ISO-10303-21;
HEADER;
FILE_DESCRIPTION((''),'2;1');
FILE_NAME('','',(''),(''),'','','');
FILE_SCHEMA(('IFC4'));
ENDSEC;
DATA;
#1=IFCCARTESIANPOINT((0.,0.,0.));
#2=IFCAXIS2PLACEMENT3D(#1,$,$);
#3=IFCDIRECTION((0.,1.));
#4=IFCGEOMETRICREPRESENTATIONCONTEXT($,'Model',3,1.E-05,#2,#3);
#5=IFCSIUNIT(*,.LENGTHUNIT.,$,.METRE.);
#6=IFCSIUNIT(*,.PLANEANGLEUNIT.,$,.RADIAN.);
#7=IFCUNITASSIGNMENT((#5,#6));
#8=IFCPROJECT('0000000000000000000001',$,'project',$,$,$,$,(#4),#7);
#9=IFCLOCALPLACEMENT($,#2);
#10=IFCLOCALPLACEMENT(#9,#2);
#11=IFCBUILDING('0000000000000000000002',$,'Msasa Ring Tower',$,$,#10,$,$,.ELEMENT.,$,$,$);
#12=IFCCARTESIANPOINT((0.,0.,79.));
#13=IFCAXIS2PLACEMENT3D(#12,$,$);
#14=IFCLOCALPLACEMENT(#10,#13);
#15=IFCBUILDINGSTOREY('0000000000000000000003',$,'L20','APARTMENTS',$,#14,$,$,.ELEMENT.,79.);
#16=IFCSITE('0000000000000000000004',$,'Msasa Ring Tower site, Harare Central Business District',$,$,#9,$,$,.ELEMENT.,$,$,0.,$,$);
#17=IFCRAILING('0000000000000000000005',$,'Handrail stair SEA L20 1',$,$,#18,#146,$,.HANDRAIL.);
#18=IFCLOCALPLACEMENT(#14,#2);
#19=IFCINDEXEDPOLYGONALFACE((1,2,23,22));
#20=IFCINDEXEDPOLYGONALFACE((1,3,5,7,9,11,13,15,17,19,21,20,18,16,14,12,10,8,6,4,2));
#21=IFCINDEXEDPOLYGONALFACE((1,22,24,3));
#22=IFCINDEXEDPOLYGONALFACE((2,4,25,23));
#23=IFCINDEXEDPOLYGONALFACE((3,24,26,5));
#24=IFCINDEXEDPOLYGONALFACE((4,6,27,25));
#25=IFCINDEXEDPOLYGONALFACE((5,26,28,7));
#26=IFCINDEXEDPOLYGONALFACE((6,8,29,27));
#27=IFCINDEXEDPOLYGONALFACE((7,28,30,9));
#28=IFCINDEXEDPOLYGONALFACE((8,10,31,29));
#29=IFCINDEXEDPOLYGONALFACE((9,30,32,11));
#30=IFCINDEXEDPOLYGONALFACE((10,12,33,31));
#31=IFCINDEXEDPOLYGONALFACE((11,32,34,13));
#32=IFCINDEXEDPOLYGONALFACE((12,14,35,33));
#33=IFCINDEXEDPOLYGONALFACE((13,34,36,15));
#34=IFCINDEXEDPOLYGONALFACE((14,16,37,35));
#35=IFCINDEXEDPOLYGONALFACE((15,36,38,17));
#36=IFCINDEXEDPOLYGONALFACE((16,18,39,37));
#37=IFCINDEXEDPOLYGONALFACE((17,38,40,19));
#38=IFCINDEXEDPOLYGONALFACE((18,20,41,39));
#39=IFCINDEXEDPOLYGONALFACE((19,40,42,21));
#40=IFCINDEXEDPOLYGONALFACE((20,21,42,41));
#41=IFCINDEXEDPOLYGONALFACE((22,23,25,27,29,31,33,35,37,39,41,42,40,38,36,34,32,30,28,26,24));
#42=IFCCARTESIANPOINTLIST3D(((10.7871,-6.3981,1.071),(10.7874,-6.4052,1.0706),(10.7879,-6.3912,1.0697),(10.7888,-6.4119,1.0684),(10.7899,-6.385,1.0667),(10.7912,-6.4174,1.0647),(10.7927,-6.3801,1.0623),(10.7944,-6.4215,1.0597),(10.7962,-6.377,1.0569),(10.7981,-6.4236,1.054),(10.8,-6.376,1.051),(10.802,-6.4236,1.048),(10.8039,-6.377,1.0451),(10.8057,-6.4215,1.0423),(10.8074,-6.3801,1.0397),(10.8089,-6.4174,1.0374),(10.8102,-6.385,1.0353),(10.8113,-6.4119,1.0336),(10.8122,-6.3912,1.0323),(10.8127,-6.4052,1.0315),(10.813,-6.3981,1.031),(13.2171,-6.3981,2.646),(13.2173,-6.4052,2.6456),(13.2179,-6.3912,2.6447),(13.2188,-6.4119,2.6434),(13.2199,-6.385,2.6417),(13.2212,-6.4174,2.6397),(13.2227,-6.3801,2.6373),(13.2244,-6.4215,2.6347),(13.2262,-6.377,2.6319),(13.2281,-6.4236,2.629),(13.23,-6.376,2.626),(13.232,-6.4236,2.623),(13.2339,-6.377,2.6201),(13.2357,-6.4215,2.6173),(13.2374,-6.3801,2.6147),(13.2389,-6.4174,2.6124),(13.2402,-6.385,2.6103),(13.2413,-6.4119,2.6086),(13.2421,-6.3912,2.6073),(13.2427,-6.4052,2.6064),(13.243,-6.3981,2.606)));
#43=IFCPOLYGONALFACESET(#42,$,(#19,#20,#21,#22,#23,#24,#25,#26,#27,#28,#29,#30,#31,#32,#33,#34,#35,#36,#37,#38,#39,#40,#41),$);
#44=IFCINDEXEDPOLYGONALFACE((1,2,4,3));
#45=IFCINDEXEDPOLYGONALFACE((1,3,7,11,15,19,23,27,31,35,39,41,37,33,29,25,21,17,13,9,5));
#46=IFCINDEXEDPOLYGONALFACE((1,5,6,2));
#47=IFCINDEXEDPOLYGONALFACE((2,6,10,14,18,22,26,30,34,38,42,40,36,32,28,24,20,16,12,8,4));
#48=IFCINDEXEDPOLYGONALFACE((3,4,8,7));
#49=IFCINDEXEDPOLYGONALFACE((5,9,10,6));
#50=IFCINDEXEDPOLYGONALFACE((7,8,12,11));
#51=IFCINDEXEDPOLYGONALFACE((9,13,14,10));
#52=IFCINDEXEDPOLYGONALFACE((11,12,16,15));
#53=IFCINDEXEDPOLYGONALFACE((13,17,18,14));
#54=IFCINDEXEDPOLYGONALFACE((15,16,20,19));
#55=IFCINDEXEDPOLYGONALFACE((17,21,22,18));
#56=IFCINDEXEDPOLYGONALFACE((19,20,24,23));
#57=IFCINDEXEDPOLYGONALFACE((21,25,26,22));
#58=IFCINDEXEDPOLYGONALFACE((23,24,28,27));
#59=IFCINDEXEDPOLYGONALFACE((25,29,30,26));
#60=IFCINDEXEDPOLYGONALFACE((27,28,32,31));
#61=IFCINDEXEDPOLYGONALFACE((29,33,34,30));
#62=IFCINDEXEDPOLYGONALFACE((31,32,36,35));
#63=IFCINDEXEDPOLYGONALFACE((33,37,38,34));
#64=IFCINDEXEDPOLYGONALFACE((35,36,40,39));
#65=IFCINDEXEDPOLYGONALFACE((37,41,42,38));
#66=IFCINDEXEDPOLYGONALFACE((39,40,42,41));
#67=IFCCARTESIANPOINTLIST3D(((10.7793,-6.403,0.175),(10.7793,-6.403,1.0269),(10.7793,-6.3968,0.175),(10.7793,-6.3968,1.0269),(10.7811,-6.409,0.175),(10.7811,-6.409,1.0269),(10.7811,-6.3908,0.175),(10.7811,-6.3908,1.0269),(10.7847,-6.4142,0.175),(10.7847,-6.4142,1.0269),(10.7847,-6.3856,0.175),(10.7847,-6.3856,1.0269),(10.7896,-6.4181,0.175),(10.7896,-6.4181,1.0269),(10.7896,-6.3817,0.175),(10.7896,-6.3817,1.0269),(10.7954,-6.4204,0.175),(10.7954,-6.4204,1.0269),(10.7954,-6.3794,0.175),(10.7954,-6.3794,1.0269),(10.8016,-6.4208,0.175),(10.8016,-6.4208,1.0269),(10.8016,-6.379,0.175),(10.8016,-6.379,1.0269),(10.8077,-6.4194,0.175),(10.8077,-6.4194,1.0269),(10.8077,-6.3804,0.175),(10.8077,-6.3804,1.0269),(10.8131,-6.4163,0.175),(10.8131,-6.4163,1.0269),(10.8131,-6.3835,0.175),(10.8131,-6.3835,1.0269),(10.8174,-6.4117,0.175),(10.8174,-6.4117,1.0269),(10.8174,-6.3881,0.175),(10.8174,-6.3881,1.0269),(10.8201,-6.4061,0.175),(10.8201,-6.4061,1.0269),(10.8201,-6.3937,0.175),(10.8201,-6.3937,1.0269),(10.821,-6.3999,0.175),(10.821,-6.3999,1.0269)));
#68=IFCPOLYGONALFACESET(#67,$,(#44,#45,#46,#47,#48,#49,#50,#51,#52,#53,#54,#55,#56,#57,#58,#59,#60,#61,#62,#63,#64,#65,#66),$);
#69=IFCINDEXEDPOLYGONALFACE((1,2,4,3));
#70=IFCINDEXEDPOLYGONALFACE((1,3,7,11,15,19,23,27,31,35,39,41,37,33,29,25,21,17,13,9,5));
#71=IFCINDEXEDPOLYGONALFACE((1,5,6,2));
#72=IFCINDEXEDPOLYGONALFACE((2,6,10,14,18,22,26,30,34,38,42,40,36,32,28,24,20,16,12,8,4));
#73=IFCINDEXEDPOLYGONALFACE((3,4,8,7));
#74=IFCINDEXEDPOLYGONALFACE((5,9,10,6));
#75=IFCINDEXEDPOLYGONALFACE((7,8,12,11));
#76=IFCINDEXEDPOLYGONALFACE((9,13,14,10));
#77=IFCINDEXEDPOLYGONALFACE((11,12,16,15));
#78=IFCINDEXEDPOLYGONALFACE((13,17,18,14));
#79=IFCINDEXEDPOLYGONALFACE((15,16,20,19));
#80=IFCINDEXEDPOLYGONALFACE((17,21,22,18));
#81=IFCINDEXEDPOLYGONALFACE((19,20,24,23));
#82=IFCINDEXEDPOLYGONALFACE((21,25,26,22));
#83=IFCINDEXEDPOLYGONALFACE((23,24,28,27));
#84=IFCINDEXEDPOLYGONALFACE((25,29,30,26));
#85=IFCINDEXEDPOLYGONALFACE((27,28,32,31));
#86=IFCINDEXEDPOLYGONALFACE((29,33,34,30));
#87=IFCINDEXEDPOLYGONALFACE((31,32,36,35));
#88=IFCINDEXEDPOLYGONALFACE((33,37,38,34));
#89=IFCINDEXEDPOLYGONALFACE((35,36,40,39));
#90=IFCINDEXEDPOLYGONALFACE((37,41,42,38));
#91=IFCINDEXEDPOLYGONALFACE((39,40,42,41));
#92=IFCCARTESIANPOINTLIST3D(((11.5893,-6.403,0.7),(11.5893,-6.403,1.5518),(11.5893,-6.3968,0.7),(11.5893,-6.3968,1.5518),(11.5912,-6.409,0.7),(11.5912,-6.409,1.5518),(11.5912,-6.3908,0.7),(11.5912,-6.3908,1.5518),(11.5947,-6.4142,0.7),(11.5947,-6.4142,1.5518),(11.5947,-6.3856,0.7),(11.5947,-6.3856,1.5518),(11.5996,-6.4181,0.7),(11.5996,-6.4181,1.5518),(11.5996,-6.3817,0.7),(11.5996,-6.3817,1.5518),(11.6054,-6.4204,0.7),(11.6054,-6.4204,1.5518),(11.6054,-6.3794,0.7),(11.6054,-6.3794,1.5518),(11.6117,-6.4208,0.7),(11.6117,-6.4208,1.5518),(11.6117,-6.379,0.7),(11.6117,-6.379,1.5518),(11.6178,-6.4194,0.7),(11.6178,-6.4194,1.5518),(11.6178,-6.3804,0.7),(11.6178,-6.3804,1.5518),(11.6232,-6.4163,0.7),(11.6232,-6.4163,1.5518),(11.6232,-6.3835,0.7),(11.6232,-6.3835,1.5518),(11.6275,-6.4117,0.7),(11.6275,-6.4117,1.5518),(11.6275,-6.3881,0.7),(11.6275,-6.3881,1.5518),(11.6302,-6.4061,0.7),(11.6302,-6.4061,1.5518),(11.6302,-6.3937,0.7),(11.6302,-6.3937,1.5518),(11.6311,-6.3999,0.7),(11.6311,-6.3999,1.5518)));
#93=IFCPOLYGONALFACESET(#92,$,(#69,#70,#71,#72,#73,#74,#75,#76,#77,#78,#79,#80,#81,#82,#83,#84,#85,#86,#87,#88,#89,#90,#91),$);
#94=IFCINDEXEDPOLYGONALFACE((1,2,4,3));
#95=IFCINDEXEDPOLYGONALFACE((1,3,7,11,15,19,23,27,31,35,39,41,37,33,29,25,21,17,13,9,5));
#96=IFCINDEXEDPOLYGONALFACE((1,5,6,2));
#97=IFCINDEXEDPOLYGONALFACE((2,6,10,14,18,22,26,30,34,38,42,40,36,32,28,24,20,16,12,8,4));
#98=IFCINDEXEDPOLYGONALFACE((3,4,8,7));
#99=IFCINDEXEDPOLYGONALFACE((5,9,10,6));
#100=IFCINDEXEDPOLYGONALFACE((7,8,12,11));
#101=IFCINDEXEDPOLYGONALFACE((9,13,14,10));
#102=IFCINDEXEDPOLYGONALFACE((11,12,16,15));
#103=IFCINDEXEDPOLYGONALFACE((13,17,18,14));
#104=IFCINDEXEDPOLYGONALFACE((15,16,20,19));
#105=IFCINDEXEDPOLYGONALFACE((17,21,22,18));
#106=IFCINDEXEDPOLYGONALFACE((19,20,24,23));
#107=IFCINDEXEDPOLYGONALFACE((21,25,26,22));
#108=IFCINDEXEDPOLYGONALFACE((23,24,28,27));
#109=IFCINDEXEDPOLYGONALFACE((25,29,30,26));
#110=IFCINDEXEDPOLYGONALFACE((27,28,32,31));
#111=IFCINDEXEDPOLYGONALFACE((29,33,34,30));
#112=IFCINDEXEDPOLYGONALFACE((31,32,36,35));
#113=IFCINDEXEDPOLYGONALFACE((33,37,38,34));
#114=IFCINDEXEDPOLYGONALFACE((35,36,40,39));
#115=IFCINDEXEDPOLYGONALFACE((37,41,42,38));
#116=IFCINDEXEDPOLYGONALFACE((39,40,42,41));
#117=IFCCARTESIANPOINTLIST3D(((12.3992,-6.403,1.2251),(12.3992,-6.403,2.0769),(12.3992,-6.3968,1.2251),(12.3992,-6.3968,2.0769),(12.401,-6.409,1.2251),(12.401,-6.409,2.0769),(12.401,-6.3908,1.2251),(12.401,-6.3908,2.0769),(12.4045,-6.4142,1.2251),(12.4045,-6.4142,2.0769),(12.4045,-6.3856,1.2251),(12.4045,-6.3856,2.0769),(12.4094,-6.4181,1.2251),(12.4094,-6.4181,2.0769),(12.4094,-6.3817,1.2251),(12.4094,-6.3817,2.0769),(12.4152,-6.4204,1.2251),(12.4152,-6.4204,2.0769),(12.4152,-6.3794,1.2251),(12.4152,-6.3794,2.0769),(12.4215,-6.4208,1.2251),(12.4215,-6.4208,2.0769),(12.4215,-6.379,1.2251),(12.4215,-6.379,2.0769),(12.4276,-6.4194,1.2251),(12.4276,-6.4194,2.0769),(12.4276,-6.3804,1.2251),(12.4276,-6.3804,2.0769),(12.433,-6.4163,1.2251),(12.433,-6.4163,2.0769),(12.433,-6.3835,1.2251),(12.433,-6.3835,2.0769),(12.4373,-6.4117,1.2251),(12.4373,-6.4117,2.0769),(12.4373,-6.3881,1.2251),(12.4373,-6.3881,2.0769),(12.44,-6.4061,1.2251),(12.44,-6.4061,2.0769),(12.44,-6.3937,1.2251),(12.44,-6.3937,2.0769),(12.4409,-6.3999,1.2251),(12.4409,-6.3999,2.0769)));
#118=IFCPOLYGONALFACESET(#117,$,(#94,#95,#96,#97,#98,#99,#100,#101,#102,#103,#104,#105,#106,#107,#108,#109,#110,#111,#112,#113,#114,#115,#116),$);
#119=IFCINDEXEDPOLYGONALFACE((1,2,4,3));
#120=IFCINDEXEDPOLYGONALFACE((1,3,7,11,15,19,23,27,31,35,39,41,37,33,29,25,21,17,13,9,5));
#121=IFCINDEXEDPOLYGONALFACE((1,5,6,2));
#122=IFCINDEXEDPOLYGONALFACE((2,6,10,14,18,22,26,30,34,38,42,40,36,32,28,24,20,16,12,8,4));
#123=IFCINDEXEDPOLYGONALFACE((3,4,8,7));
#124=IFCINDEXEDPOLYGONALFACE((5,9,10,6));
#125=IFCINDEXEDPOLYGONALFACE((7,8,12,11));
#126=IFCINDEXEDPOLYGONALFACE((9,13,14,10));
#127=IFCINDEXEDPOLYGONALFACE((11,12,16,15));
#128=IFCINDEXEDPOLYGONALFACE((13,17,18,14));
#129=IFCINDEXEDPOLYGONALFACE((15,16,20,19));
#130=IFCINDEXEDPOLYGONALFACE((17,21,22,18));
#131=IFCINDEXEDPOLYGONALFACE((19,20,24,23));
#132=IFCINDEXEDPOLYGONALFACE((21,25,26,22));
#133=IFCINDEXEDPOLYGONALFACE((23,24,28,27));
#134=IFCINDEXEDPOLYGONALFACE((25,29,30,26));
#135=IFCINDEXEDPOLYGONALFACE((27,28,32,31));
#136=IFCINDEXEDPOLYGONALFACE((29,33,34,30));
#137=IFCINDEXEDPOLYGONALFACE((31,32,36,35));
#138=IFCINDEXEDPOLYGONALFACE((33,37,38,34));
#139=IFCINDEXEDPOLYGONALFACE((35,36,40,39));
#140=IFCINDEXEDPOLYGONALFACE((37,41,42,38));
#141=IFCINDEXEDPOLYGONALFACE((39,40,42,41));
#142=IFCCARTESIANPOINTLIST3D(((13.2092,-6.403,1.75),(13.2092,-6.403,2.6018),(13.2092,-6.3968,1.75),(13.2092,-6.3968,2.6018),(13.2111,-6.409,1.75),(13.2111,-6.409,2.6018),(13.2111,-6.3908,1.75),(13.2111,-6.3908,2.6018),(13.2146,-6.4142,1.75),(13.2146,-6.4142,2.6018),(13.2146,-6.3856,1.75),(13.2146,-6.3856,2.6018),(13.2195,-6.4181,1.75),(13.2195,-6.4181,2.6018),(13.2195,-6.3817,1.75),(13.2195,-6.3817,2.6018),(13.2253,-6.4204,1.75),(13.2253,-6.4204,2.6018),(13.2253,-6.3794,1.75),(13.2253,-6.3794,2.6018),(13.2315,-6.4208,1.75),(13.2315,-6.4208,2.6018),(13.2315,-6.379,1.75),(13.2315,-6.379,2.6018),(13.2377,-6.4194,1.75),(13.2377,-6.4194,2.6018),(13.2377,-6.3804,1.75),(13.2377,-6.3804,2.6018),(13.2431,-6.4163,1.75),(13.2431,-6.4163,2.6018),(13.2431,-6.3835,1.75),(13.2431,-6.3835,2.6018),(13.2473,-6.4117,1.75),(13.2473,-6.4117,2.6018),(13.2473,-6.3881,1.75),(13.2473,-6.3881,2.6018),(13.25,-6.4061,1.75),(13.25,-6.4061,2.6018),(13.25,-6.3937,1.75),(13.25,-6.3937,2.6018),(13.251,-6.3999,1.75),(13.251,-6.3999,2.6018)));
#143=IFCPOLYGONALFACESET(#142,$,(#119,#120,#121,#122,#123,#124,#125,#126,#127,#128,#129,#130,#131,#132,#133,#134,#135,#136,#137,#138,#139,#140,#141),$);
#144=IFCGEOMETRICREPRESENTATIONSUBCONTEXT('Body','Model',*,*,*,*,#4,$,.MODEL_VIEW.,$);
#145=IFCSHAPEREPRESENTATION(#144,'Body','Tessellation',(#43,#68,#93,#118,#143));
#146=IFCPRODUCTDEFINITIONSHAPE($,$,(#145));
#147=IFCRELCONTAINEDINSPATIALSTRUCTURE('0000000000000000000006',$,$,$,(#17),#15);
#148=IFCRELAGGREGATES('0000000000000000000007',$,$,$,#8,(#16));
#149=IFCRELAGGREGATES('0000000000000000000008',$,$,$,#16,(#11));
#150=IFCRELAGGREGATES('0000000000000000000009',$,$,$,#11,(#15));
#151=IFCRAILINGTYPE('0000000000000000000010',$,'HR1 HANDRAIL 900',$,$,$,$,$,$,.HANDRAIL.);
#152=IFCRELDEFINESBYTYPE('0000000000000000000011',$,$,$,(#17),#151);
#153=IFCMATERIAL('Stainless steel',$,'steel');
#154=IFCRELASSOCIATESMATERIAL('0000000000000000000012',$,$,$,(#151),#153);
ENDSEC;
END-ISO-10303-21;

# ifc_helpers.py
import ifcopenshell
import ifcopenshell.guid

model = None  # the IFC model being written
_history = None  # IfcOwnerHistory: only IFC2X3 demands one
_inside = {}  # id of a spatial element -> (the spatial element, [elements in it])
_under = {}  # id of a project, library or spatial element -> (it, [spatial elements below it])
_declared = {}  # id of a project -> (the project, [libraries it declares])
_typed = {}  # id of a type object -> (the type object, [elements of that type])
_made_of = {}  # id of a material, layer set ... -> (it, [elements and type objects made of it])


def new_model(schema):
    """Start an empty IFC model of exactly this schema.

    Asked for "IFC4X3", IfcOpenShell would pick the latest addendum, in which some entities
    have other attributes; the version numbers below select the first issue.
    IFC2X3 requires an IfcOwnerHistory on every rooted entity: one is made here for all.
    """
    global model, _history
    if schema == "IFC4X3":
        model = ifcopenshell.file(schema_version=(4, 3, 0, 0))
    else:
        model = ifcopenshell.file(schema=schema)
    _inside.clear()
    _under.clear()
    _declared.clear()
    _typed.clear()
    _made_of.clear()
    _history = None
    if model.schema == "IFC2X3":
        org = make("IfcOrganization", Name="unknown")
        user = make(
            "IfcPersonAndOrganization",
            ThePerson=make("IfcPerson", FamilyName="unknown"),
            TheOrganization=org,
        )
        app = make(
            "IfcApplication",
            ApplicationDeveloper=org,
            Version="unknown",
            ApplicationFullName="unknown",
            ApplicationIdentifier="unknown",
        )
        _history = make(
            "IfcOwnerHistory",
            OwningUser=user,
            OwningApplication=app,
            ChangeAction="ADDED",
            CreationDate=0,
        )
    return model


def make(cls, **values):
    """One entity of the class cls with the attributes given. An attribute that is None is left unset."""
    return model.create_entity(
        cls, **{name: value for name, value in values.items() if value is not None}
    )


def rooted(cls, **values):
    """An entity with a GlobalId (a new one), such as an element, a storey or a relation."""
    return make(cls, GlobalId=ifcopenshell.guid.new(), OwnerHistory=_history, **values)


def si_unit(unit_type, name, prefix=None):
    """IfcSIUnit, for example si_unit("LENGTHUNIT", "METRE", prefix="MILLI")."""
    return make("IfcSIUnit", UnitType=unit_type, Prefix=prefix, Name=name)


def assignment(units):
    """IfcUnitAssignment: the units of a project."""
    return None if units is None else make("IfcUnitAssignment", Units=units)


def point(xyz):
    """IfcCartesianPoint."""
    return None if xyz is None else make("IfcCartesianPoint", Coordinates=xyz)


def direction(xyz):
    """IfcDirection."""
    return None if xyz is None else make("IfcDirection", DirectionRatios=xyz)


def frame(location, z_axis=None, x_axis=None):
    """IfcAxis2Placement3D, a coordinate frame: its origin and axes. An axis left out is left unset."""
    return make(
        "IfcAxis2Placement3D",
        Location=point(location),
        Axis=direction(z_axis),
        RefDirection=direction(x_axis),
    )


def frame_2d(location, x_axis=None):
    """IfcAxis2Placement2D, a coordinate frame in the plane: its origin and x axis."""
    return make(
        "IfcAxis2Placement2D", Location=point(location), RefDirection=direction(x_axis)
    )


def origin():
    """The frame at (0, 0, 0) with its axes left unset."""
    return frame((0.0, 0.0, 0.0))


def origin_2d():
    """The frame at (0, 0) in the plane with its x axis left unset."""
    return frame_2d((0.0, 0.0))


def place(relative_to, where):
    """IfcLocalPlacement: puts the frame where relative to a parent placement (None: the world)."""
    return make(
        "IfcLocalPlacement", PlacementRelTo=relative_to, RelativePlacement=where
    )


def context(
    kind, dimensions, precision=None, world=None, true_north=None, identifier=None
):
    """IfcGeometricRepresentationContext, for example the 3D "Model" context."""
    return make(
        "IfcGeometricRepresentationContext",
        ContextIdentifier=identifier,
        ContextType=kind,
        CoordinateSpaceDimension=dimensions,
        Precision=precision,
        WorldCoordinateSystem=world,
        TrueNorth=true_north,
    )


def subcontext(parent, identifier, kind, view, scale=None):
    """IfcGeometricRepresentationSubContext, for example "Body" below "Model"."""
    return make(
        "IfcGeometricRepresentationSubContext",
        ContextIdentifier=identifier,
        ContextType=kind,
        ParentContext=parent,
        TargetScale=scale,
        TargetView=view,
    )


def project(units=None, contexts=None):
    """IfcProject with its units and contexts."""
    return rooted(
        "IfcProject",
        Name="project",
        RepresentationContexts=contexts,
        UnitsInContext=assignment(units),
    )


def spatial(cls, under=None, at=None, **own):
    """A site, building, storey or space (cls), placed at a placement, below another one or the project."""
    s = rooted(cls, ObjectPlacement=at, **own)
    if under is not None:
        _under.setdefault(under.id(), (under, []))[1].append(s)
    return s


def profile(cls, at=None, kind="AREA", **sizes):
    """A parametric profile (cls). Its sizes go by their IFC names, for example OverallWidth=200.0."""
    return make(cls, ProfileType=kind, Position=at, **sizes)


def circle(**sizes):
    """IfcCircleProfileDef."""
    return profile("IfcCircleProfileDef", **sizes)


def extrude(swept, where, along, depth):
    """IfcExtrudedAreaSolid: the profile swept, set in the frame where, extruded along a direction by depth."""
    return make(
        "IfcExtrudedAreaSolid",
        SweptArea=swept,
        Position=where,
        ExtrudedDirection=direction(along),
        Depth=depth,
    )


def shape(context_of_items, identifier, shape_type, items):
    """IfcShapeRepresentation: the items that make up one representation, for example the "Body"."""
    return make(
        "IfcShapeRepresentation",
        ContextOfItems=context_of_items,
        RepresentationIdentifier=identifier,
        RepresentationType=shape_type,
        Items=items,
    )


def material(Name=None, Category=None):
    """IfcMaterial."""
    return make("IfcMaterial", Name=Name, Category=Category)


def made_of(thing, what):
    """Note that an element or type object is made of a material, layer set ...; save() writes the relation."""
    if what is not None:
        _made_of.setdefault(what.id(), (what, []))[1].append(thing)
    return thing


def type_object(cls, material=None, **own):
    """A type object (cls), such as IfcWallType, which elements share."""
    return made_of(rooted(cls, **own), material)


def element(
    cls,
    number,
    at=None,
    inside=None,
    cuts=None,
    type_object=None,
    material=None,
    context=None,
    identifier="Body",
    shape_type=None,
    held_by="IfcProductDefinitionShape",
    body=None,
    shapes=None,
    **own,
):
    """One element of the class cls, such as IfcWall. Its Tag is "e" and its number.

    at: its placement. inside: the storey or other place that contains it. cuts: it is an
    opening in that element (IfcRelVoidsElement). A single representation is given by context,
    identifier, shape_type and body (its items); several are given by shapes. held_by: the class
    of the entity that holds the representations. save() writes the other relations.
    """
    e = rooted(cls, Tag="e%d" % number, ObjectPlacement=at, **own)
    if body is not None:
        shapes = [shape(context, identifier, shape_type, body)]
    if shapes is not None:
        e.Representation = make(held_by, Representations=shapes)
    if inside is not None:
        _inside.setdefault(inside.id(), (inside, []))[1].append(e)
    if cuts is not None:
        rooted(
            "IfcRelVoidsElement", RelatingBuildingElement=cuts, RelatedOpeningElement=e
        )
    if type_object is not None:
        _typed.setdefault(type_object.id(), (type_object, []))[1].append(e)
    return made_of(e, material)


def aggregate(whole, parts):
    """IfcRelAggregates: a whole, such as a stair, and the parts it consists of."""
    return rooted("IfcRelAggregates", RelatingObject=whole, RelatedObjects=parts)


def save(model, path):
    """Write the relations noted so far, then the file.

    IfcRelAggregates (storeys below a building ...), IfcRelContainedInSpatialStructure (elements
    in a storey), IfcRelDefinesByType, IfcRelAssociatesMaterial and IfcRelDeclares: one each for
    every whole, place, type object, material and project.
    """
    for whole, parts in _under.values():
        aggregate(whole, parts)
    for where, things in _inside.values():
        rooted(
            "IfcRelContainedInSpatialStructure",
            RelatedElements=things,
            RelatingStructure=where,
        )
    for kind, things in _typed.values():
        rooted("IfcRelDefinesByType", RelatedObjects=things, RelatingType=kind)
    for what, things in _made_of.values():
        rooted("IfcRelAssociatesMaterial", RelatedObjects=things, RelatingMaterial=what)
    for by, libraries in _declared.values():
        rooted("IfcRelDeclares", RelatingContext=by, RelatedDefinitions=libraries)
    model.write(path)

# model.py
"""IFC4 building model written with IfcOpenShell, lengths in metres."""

from ifc_helpers import new_model, si_unit, direction, frame, origin, origin_2d, place, context, subcontext, project, spatial, circle, extrude, material, type_object, element, save


model = new_model("IFC4")

# Units and contexts
model_context = context("Model", 3, precision=1e-05, world=origin(), true_north=direction((0.0, 1.0)))
body_context = subcontext(model_context, "Body", "Model", "MODEL_VIEW")
ifc_project = project(units=[si_unit("LENGTHUNIT", "METRE"), si_unit("PLANEANGLEUNIT", "RADIAN")], contexts=[model_context])

# Site, building, storey
site_placement = place(None, origin())
site = spatial("IfcSite", under=ifc_project, at=site_placement, Name="Msasa Ring Tower site, Harare Central Business District", CompositionType="ELEMENT", RefElevation=0.0)
building_placement = place(site_placement, origin())
building = spatial("IfcBuilding", under=site, at=building_placement, Name="Msasa Ring Tower", CompositionType="ELEMENT")
storey_placement = place(building_placement, frame((0.0, 0.0, 79.0)))
storey = spatial("IfcBuildingStorey", under=building, at=storey_placement, Name="L20", Description="APARTMENTS", CompositionType="ELEMENT", Elevation=79.0)

# Railing
ifc_material_1 = material(Name="Stainless steel", Category="steel")
railing_type = type_object("IfcRailingType", Name="HR1 HANDRAIL 900", PredefinedType="HANDRAIL", material=ifc_material_1)
for number, where, name in (
    (1, (10.8, -6.3999, 0.175), "Handrail stair SEA L20 1"),
):
    element("IfcRailing", number, at=place(storey_placement, frame(where)), inside=storey, type_object=railing_type, Name=name, PredefinedType="HANDRAIL", context=body_context, shape_type="SweptSolid", body=[
        extrude(circle(Radius=0.0239, at=origin_2d()), frame((0.0, 0.0, 0.876), z_axis=(0.839154, 0.0, 0.543894), x_axis=(0.0, 1.0, 0.0)), (0.0, 0.0, 1.0), 2.8958),
        extrude(circle(Radius=0.021, at=origin_2d()), origin(), (0.0, 0.0, 1.0), 0.8518),
        extrude(circle(Radius=0.021, at=origin_2d()), frame((0.8101, 0.0, 0.5249)), (0.0, 0.0, 1.0), 0.8518),
        extrude(circle(Radius=0.021, at=origin_2d()), frame((1.6199, 0.0, 1.05)), (0.0, 0.0, 1.0), 0.8518),
        extrude(circle(Radius=0.021, at=origin_2d()), frame((2.4299, 0.0, 1.575)), (0.0, 0.0, 1.0), 0.8518),
    ])

save(model, "model.ifc")
